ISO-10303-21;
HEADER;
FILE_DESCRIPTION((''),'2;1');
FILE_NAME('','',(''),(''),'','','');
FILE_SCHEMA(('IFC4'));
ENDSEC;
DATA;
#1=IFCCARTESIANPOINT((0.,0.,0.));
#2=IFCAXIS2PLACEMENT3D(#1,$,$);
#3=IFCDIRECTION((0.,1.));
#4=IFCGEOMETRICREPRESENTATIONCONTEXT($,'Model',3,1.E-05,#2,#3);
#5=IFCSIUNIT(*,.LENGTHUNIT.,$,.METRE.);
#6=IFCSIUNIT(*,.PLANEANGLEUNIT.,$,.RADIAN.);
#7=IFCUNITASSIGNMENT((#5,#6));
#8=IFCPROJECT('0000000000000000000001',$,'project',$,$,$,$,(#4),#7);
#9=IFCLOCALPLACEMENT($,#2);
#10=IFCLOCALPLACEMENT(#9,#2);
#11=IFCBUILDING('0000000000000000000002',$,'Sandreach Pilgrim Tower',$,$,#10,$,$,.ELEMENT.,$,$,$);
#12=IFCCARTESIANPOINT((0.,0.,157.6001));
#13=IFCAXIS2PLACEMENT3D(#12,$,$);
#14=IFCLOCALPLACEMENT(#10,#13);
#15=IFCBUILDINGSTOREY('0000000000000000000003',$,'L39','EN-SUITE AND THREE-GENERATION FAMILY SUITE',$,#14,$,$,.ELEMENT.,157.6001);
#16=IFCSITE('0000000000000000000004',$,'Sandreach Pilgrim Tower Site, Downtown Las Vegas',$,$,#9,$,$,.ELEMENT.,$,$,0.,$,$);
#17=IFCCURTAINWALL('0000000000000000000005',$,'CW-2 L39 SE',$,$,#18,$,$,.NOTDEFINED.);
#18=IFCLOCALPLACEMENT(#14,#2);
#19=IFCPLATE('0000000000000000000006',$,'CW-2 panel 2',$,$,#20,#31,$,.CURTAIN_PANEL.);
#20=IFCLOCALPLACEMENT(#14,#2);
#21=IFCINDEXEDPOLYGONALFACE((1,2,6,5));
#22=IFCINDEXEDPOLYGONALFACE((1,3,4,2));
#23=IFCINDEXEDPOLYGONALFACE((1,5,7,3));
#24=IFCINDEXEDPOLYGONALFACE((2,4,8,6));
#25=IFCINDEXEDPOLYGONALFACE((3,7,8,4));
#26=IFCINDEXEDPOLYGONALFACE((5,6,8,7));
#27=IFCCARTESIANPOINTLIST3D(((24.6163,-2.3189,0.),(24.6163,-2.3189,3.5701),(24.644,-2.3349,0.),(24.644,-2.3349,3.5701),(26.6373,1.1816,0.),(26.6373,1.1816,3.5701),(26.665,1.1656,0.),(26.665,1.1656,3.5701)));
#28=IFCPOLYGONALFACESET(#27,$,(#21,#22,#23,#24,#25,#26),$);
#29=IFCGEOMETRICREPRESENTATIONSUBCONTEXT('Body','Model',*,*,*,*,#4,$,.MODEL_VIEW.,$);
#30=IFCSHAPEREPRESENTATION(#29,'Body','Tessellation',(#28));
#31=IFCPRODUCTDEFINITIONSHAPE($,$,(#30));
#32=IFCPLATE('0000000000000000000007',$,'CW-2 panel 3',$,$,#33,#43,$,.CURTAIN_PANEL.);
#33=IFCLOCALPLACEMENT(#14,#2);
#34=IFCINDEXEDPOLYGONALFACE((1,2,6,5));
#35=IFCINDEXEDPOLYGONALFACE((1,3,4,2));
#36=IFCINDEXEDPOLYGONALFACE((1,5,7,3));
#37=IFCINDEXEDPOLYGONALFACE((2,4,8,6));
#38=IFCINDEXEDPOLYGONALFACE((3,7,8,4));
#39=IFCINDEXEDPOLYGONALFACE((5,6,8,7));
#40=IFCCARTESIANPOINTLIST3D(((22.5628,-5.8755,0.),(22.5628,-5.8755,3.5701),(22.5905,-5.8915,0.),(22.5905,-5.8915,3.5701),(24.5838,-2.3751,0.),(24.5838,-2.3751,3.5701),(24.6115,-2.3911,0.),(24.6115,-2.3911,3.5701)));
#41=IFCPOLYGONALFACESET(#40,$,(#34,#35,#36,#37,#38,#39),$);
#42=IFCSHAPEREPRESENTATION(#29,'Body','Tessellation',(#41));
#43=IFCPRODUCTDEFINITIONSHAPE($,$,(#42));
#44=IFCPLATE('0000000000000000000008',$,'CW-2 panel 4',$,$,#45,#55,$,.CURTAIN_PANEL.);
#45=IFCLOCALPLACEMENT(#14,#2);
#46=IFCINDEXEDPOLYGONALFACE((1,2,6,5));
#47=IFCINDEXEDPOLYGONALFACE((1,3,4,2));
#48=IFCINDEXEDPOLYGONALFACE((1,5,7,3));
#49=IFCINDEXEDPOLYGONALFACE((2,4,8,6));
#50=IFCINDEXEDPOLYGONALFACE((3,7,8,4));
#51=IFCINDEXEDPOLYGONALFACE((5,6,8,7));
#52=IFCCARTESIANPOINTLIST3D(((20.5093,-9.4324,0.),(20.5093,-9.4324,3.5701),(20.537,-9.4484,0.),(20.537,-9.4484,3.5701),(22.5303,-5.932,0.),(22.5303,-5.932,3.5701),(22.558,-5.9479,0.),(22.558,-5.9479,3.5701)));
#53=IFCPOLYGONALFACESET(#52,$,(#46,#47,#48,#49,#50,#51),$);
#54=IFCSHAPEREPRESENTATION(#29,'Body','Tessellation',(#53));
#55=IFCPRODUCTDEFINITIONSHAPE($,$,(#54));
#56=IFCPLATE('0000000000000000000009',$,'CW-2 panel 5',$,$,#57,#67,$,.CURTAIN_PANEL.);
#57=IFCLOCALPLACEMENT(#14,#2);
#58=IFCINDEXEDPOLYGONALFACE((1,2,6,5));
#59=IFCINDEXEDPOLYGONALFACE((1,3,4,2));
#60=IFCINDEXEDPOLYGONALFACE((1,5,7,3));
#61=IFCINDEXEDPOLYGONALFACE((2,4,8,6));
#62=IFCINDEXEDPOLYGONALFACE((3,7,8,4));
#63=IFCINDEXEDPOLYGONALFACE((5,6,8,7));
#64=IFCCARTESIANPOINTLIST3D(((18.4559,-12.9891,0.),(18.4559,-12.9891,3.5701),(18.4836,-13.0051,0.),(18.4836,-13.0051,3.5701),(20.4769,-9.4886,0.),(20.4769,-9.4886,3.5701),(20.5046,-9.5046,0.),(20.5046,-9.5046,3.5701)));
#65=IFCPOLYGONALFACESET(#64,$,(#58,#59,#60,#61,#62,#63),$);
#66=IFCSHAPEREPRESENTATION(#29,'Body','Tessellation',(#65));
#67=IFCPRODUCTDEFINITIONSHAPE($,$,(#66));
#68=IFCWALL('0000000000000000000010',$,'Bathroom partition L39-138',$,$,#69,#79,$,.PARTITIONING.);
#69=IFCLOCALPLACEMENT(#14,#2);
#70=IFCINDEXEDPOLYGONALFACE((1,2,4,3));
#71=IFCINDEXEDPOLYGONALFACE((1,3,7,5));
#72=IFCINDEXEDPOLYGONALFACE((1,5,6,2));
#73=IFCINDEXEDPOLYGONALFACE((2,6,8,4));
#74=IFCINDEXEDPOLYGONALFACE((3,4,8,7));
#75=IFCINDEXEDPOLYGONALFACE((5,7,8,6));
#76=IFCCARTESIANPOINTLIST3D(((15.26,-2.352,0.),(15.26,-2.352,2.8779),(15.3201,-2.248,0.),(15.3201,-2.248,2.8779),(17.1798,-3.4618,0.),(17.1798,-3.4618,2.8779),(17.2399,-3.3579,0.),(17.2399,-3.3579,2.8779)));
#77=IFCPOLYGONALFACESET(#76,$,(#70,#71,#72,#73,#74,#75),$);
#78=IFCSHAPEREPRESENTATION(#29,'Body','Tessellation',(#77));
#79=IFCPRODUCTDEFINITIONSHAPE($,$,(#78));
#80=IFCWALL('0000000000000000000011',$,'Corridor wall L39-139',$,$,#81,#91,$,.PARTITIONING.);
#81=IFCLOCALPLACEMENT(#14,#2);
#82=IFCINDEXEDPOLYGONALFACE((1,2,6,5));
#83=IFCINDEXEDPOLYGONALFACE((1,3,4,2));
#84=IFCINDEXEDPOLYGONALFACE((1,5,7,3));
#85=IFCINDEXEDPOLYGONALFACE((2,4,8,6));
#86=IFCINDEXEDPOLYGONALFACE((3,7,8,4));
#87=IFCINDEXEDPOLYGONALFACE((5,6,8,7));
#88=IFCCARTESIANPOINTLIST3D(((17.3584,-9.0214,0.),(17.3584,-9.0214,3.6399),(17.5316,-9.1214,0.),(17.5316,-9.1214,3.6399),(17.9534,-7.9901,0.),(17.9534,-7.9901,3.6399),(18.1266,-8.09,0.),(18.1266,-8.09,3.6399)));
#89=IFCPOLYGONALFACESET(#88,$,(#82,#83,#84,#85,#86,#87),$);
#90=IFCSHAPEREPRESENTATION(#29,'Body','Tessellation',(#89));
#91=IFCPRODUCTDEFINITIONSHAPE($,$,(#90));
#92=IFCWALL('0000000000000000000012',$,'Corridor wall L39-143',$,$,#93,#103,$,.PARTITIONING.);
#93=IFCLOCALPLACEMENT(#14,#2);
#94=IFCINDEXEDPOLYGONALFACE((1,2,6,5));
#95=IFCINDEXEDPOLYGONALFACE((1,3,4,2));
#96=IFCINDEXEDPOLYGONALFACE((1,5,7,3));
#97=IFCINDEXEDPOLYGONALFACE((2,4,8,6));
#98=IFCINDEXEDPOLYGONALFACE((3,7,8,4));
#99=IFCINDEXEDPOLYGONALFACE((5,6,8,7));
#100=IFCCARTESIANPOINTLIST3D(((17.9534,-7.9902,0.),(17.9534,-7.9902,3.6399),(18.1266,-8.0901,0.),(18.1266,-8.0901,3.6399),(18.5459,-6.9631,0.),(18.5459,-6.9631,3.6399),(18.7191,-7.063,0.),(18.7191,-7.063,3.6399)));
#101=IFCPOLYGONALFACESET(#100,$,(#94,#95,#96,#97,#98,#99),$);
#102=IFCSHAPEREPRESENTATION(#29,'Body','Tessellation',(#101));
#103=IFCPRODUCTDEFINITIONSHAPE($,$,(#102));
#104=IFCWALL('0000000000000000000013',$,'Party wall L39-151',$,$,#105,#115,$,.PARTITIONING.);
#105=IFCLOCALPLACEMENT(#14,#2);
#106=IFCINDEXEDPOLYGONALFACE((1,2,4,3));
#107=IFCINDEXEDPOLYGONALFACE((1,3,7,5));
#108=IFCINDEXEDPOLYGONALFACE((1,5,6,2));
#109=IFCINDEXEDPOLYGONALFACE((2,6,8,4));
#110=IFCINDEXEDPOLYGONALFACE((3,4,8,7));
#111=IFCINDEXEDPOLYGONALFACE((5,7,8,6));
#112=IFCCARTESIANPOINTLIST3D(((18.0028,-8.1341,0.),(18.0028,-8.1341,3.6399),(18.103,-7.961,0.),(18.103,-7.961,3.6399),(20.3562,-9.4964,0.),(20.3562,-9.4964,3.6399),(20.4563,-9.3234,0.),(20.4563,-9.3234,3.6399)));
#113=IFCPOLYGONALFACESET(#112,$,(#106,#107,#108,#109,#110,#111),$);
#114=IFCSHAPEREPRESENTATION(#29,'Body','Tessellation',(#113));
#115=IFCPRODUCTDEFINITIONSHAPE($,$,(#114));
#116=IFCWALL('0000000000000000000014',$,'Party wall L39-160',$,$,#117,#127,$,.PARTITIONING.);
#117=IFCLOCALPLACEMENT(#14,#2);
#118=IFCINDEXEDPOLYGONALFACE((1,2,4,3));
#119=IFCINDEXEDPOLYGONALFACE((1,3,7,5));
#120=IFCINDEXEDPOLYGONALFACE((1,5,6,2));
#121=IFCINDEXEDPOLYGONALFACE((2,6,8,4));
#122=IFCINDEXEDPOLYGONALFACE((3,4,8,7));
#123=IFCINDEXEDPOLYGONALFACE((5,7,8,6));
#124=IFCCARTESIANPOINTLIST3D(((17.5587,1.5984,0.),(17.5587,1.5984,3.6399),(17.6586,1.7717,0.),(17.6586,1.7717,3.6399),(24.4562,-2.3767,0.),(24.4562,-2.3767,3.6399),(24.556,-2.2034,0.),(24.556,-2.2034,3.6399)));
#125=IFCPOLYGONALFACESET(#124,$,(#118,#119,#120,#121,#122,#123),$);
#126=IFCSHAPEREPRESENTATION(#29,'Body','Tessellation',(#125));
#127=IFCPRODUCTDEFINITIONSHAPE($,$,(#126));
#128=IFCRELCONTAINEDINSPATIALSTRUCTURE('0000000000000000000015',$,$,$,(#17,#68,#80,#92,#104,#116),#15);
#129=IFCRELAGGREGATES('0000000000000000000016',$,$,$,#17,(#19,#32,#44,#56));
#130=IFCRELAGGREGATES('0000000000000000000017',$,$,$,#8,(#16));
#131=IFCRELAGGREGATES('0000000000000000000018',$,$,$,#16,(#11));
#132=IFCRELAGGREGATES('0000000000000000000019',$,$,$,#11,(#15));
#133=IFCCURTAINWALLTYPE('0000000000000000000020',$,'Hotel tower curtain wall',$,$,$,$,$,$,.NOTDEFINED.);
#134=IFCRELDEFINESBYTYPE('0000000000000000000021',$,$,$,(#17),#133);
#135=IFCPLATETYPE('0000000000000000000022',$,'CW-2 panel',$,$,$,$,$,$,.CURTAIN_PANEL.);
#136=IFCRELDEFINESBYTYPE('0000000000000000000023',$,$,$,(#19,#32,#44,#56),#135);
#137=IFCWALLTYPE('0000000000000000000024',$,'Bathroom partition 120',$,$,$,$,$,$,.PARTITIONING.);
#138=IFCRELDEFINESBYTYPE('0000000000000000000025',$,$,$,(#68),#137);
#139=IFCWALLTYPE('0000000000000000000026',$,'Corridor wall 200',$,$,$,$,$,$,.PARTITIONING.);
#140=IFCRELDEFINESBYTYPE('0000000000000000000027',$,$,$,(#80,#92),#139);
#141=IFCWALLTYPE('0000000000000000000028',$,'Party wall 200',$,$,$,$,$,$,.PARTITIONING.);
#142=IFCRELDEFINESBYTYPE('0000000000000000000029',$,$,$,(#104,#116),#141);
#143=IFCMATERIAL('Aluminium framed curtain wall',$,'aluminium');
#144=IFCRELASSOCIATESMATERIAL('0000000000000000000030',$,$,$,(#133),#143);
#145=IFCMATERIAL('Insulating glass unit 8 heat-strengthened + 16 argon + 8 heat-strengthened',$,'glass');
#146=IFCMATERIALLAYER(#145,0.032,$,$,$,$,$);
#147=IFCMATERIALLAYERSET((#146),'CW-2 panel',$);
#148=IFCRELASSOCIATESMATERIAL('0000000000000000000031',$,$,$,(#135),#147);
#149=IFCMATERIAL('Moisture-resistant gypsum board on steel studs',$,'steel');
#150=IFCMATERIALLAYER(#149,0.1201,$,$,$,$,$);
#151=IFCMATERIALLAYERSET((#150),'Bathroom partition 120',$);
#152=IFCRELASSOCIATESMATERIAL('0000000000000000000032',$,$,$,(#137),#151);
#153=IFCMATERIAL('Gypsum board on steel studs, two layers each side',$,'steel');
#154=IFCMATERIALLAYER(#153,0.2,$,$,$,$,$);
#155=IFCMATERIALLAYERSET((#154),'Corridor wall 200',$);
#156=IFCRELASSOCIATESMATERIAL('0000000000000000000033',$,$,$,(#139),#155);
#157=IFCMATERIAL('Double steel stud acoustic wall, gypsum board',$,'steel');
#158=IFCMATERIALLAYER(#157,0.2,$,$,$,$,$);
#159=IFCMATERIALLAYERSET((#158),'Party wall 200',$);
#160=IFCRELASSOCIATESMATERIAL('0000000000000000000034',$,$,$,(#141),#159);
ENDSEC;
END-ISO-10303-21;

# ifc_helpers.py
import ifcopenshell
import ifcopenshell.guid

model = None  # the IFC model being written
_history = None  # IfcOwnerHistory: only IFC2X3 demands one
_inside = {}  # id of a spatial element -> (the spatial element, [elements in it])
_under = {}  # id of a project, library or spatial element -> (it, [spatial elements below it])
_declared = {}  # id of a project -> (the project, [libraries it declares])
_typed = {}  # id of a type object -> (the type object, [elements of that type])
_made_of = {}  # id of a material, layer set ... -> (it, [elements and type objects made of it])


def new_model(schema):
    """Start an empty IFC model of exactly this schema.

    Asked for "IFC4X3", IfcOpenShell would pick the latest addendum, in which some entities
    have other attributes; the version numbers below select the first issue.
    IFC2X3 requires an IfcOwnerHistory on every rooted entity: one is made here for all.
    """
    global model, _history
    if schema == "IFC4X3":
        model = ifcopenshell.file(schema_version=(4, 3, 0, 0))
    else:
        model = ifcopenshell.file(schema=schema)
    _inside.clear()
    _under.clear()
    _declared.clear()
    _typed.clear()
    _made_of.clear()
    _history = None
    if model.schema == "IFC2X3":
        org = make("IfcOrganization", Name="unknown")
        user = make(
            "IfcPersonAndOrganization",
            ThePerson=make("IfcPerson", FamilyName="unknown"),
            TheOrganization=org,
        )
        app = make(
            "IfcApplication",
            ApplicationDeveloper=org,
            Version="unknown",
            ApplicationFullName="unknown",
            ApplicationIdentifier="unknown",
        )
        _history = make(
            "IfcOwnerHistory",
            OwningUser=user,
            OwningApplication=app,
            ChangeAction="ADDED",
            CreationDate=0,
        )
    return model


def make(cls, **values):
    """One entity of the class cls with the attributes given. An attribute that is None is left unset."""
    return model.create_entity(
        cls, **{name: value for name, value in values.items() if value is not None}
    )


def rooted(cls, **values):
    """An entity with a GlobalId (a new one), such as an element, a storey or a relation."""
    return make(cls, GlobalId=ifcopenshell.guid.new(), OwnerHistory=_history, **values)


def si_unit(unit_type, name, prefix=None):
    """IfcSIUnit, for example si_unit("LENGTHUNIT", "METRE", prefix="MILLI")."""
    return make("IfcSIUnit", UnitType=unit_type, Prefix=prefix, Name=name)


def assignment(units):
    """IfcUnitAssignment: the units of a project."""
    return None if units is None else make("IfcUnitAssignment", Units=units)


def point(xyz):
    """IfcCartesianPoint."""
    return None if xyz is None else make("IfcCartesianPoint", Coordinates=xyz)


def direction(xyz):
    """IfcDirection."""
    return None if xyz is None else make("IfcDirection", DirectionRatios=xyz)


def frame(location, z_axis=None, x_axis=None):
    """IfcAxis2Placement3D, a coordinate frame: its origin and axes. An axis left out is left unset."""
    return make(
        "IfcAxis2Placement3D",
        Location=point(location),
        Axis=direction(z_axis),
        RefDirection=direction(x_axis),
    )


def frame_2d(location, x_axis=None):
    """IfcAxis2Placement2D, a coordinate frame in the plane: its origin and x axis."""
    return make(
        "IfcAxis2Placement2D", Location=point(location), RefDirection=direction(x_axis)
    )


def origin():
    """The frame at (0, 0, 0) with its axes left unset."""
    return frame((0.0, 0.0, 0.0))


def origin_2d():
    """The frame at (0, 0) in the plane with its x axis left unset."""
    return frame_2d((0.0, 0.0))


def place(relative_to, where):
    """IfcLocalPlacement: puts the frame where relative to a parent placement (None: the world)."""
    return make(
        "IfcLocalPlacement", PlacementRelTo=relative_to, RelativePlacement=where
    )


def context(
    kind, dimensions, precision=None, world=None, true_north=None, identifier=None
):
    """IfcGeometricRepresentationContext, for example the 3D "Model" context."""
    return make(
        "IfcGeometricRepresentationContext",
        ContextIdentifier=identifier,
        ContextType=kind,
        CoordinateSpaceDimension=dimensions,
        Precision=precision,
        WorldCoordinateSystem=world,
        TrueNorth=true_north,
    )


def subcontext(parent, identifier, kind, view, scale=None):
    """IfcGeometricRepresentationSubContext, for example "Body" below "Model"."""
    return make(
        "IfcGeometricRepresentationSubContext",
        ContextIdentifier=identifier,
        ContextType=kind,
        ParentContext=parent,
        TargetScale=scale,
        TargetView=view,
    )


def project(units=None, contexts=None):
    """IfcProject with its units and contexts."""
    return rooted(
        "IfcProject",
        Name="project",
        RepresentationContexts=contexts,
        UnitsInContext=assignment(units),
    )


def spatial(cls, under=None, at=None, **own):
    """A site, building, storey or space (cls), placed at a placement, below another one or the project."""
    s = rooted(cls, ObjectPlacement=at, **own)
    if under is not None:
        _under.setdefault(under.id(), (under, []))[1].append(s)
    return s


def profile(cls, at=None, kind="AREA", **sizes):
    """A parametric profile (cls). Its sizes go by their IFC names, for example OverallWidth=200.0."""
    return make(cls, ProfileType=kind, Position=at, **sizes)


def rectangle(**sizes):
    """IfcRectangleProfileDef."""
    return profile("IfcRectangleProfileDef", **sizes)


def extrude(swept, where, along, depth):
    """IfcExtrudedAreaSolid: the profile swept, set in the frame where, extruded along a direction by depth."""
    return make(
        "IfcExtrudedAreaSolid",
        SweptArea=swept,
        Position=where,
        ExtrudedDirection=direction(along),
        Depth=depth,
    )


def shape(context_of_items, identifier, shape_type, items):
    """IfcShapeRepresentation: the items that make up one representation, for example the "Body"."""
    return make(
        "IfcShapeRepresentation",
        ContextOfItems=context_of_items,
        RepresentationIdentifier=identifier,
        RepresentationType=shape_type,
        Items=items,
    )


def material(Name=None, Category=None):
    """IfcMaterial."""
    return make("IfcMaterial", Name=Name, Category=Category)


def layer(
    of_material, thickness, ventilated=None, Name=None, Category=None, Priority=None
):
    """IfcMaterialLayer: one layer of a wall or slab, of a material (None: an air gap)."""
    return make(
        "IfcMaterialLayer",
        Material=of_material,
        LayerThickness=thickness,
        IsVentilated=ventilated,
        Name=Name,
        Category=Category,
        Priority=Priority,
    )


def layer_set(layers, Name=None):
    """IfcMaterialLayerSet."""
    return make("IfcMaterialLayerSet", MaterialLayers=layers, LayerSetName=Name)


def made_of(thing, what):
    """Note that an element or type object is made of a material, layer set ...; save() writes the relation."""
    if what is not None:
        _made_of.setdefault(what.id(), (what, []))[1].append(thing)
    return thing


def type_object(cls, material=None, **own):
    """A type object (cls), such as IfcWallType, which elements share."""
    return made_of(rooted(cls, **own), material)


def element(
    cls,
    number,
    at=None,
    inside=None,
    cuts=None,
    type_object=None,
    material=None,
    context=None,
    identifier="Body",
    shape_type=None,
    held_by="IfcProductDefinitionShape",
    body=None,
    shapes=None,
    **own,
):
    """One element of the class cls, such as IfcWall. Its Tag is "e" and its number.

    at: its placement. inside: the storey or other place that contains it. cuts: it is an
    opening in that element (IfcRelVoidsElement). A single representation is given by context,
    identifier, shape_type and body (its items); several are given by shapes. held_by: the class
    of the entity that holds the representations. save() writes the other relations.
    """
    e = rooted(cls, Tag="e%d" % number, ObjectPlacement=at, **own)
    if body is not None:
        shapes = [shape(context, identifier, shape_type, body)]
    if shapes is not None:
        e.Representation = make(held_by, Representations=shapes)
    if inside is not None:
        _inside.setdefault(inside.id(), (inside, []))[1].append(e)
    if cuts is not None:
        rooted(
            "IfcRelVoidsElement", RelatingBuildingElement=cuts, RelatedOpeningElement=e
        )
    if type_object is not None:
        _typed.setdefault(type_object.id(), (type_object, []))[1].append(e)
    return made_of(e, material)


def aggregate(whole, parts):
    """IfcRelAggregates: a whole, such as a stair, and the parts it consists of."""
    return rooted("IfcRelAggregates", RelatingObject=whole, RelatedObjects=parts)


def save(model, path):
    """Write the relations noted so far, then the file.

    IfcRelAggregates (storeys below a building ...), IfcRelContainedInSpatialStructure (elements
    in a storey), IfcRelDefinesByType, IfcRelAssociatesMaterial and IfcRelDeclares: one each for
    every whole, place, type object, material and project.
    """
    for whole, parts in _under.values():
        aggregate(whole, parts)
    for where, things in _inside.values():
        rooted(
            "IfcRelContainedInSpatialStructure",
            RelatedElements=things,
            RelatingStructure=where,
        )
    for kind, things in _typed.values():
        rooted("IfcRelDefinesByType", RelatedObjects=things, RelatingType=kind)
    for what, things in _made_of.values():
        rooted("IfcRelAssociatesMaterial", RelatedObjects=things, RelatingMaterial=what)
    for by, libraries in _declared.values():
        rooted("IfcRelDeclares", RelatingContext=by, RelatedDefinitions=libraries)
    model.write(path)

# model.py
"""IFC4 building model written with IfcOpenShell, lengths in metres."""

from ifc_helpers import new_model, si_unit, direction, frame, frame_2d, origin, origin_2d, place, context, subcontext, project, spatial, rectangle, extrude, material, layer, layer_set, type_object, element, aggregate, save


model = new_model("IFC4")

# Units and contexts
model_context = context("Model", 3, precision=1e-05, world=origin(), true_north=direction((0.0, 1.0)))
body_context = subcontext(model_context, "Body", "Model", "MODEL_VIEW")
ifc_project = project(units=[si_unit("LENGTHUNIT", "METRE"), si_unit("PLANEANGLEUNIT", "RADIAN")], contexts=[model_context])

# Site, building, storey
site_placement = place(None, origin())
site = spatial("IfcSite", under=ifc_project, at=site_placement, Name="Sandreach Pilgrim Tower Site, Downtown Las Vegas", CompositionType="ELEMENT", RefElevation=0.0)
building_placement = place(site_placement, origin())
building = spatial("IfcBuilding", under=site, at=building_placement, Name="Sandreach Pilgrim Tower", CompositionType="ELEMENT")
storey_placement = place(building_placement, frame((0.0, 0.0, 157.6001)))
storey = spatial("IfcBuildingStorey", under=building, at=storey_placement, Name="L39", Description="EN-SUITE AND THREE-GENERATION FAMILY SUITE", CompositionType="ELEMENT", Elevation=157.6001)

# Curtain wall
ifc_material_1 = material(Name="Aluminium framed curtain wall", Category="aluminium")
curtain_wall_type = type_object("IfcCurtainWallType", Name="Hotel tower curtain wall", PredefinedType="NOTDEFINED", material=ifc_material_1)
curtain_wall_placement = place(storey_placement, origin())
curtain_wall = element("IfcCurtainWall", 1, at=curtain_wall_placement, inside=storey, type_object=curtain_wall_type, Name="CW-2 L39 SE", PredefinedType="NOTDEFINED")

# Plates
ifc_material_2 = material(Name="Insulating glass unit 8 heat-strengthened + 16 argon + 8 heat-strengthened", Category="glass")
ifc_layer_1 = layer(ifc_material_2, 0.032)
ifc_layer_set_1 = layer_set([ifc_layer_1], Name="CW-2 panel")
plate_type = type_object("IfcPlateType", Name="CW-2 panel", PredefinedType="CURTAIN_PANEL", material=ifc_layer_set_1)
plate_1_placement = place(storey_placement, frame((25.6406, -0.5767, 0.0), z_axis=(0.0, 0.0, 1.0), x_axis=(-0.5, -0.866025, 0.0)))
plate_1 = element("IfcPlate", 2, at=plate_1_placement, type_object=plate_type, Name="CW-2 panel 2", PredefinedType="CURTAIN_PANEL", context=body_context, shape_type="SweptSolid", body=[
    extrude(rectangle(XDim=4.042, YDim=0.032, at=origin_2d()), origin(), (0.0, 0.0, 1.0), 3.5701),
])
plate_2_placement = place(storey_placement, frame((23.5872, -4.1333, 0.0), z_axis=(0.0, 0.0, 1.0), x_axis=(-0.5, -0.866025, 0.0)))
plate_2 = element("IfcPlate", 3, at=plate_2_placement, type_object=plate_type, Name="CW-2 panel 3", PredefinedType="CURTAIN_PANEL", context=body_context, shape_type="SweptSolid", body=[
    extrude(rectangle(XDim=4.042, YDim=0.032, at=origin_2d()), origin(), (0.0, 0.0, 1.0), 3.5701),
])
plate_3_placement = place(storey_placement, frame((21.5337, -7.6902, 0.0), z_axis=(0.0, 0.0, 1.0), x_axis=(-0.5, -0.866025, 0.0)))
plate_3 = element("IfcPlate", 4, at=plate_3_placement, type_object=plate_type, Name="CW-2 panel 4", PredefinedType="CURTAIN_PANEL", context=body_context, shape_type="SweptSolid", body=[
    extrude(rectangle(XDim=4.042, YDim=0.032, at=origin_2d()), origin(), (0.0, 0.0, 1.0), 3.5701),
])
plate_4_placement = place(storey_placement, frame((19.4802, -11.2468, 0.0), z_axis=(0.0, 0.0, 1.0), x_axis=(-0.5, -0.866025, 0.0)))
plate_4 = element("IfcPlate", 5, at=plate_4_placement, type_object=plate_type, Name="CW-2 panel 5", PredefinedType="CURTAIN_PANEL", context=body_context, shape_type="SweptSolid", body=[
    extrude(rectangle(XDim=4.042, YDim=0.032, at=origin_2d()), origin(), (0.0, 0.0, 1.0), 3.5701),
])
aggregate(curtain_wall, [plate_1, plate_2, plate_3, plate_4])

# Walls
ifc_material_3 = material(Name="Moisture-resistant gypsum board on steel studs", Category="steel")
ifc_layer_2 = layer(ifc_material_3, 0.1201)
ifc_layer_set_2 = layer_set([ifc_layer_2], Name="Bathroom partition 120")
wall_type_1 = type_object("IfcWallType", Name="Bathroom partition 120", PredefinedType="PARTITIONING", material=ifc_layer_set_2)
wall_1_placement = place(storey_placement, frame((17.21, -3.4099, 0.0), z_axis=(0.0, 0.0, 1.0), x_axis=(-0.865753, 0.500472, 0.0)))
element("IfcWall", 6, at=wall_1_placement, inside=storey, type_object=wall_type_1, Name="Bathroom partition L39-138", PredefinedType="PARTITIONING", context=body_context, shape_type="SweptSolid", body=[
    extrude(rectangle(XDim=2.2175, YDim=0.1201, at=frame_2d((1.1089, 0.0))), origin(), (0.0, 0.0, 1.0), 2.8779),
])
ifc_material_4 = material(Name="Gypsum board on steel studs, two layers each side", Category="steel")
ifc_layer_3 = layer(ifc_material_4, 0.2)
ifc_layer_set_3 = layer_set([ifc_layer_3], Name="Corridor wall 200")
wall_type_2 = type_object("IfcWallType", Name="Corridor wall 200", PredefinedType="PARTITIONING", material=ifc_layer_set_3)
wall_2_placement = place(storey_placement, frame((17.4451, -9.0713, 0.0), z_axis=(0.0, 0.0, 1.0), x_axis=(0.499734, 0.866179, 0.0)))
element("IfcWall", 7, at=wall_2_placement, inside=storey, type_object=wall_type_2, Name="Corridor wall L39-139", PredefinedType="PARTITIONING", context=body_context, shape_type="SweptSolid", body=[
    extrude(rectangle(XDim=1.1907, YDim=0.2, at=frame_2d((0.5952, 0.0))), origin(), (0.0, 0.0, 1.0), 3.6399),
])
wall_3_placement = place(storey_placement, frame((18.04, -8.04, 0.0), z_axis=(0.0, 0.0, 1.0), x_axis=(0.499705, 0.866196, 0.0)))
element("IfcWall", 8, at=wall_3_placement, inside=storey, type_object=wall_type_2, Name="Corridor wall L39-143", PredefinedType="PARTITIONING", context=body_context, shape_type="SweptSolid", body=[
    extrude(rectangle(XDim=1.1858, YDim=0.2, at=frame_2d((0.5928, 0.0))), origin(), (0.0, 0.0, 1.0), 3.6399),
])
ifc_material_5 = material(Name="Double steel stud acoustic wall, gypsum board", Category="steel")
ifc_layer_4 = layer(ifc_material_5, 0.2)
ifc_layer_set_4 = layer_set([ifc_layer_4], Name="Party wall 200")
wall_type_3 = type_object("IfcWallType", Name="Party wall 200", PredefinedType="PARTITIONING", material=ifc_layer_set_4)
wall_4_placement = place(storey_placement, frame((20.4062, -9.4099, 0.0), z_axis=(0.0, 0.0, 1.0), x_axis=(-0.865445, 0.501004, 0.0)))
element("IfcWall", 9, at=wall_4_placement, inside=storey, type_object=wall_type_3, Name="Party wall L39-151", PredefinedType="PARTITIONING", context=body_context, shape_type="SweptSolid", body=[
    extrude(rectangle(XDim=2.7192, YDim=0.2, at=frame_2d((1.3596, 0.0))), origin(), (0.0, 0.0, 1.0), 3.6399),
])
wall_5_placement = place(storey_placement, frame((24.5061, -2.29, 0.0), z_axis=(0.0, 0.0, 1.0), x_axis=(-0.866414, 0.499326, 0.0)))
element("IfcWall", 10, at=wall_5_placement, inside=storey, type_object=wall_type_3, Name="Party wall L39-160", PredefinedType="PARTITIONING", context=body_context, shape_type="SweptSolid", body=[
    extrude(rectangle(XDim=7.9609, YDim=0.2, at=frame_2d((3.9805, 0.0))), origin(), (0.0, 0.0, 1.0), 3.6399),
])

save(model, "model.ifc")
